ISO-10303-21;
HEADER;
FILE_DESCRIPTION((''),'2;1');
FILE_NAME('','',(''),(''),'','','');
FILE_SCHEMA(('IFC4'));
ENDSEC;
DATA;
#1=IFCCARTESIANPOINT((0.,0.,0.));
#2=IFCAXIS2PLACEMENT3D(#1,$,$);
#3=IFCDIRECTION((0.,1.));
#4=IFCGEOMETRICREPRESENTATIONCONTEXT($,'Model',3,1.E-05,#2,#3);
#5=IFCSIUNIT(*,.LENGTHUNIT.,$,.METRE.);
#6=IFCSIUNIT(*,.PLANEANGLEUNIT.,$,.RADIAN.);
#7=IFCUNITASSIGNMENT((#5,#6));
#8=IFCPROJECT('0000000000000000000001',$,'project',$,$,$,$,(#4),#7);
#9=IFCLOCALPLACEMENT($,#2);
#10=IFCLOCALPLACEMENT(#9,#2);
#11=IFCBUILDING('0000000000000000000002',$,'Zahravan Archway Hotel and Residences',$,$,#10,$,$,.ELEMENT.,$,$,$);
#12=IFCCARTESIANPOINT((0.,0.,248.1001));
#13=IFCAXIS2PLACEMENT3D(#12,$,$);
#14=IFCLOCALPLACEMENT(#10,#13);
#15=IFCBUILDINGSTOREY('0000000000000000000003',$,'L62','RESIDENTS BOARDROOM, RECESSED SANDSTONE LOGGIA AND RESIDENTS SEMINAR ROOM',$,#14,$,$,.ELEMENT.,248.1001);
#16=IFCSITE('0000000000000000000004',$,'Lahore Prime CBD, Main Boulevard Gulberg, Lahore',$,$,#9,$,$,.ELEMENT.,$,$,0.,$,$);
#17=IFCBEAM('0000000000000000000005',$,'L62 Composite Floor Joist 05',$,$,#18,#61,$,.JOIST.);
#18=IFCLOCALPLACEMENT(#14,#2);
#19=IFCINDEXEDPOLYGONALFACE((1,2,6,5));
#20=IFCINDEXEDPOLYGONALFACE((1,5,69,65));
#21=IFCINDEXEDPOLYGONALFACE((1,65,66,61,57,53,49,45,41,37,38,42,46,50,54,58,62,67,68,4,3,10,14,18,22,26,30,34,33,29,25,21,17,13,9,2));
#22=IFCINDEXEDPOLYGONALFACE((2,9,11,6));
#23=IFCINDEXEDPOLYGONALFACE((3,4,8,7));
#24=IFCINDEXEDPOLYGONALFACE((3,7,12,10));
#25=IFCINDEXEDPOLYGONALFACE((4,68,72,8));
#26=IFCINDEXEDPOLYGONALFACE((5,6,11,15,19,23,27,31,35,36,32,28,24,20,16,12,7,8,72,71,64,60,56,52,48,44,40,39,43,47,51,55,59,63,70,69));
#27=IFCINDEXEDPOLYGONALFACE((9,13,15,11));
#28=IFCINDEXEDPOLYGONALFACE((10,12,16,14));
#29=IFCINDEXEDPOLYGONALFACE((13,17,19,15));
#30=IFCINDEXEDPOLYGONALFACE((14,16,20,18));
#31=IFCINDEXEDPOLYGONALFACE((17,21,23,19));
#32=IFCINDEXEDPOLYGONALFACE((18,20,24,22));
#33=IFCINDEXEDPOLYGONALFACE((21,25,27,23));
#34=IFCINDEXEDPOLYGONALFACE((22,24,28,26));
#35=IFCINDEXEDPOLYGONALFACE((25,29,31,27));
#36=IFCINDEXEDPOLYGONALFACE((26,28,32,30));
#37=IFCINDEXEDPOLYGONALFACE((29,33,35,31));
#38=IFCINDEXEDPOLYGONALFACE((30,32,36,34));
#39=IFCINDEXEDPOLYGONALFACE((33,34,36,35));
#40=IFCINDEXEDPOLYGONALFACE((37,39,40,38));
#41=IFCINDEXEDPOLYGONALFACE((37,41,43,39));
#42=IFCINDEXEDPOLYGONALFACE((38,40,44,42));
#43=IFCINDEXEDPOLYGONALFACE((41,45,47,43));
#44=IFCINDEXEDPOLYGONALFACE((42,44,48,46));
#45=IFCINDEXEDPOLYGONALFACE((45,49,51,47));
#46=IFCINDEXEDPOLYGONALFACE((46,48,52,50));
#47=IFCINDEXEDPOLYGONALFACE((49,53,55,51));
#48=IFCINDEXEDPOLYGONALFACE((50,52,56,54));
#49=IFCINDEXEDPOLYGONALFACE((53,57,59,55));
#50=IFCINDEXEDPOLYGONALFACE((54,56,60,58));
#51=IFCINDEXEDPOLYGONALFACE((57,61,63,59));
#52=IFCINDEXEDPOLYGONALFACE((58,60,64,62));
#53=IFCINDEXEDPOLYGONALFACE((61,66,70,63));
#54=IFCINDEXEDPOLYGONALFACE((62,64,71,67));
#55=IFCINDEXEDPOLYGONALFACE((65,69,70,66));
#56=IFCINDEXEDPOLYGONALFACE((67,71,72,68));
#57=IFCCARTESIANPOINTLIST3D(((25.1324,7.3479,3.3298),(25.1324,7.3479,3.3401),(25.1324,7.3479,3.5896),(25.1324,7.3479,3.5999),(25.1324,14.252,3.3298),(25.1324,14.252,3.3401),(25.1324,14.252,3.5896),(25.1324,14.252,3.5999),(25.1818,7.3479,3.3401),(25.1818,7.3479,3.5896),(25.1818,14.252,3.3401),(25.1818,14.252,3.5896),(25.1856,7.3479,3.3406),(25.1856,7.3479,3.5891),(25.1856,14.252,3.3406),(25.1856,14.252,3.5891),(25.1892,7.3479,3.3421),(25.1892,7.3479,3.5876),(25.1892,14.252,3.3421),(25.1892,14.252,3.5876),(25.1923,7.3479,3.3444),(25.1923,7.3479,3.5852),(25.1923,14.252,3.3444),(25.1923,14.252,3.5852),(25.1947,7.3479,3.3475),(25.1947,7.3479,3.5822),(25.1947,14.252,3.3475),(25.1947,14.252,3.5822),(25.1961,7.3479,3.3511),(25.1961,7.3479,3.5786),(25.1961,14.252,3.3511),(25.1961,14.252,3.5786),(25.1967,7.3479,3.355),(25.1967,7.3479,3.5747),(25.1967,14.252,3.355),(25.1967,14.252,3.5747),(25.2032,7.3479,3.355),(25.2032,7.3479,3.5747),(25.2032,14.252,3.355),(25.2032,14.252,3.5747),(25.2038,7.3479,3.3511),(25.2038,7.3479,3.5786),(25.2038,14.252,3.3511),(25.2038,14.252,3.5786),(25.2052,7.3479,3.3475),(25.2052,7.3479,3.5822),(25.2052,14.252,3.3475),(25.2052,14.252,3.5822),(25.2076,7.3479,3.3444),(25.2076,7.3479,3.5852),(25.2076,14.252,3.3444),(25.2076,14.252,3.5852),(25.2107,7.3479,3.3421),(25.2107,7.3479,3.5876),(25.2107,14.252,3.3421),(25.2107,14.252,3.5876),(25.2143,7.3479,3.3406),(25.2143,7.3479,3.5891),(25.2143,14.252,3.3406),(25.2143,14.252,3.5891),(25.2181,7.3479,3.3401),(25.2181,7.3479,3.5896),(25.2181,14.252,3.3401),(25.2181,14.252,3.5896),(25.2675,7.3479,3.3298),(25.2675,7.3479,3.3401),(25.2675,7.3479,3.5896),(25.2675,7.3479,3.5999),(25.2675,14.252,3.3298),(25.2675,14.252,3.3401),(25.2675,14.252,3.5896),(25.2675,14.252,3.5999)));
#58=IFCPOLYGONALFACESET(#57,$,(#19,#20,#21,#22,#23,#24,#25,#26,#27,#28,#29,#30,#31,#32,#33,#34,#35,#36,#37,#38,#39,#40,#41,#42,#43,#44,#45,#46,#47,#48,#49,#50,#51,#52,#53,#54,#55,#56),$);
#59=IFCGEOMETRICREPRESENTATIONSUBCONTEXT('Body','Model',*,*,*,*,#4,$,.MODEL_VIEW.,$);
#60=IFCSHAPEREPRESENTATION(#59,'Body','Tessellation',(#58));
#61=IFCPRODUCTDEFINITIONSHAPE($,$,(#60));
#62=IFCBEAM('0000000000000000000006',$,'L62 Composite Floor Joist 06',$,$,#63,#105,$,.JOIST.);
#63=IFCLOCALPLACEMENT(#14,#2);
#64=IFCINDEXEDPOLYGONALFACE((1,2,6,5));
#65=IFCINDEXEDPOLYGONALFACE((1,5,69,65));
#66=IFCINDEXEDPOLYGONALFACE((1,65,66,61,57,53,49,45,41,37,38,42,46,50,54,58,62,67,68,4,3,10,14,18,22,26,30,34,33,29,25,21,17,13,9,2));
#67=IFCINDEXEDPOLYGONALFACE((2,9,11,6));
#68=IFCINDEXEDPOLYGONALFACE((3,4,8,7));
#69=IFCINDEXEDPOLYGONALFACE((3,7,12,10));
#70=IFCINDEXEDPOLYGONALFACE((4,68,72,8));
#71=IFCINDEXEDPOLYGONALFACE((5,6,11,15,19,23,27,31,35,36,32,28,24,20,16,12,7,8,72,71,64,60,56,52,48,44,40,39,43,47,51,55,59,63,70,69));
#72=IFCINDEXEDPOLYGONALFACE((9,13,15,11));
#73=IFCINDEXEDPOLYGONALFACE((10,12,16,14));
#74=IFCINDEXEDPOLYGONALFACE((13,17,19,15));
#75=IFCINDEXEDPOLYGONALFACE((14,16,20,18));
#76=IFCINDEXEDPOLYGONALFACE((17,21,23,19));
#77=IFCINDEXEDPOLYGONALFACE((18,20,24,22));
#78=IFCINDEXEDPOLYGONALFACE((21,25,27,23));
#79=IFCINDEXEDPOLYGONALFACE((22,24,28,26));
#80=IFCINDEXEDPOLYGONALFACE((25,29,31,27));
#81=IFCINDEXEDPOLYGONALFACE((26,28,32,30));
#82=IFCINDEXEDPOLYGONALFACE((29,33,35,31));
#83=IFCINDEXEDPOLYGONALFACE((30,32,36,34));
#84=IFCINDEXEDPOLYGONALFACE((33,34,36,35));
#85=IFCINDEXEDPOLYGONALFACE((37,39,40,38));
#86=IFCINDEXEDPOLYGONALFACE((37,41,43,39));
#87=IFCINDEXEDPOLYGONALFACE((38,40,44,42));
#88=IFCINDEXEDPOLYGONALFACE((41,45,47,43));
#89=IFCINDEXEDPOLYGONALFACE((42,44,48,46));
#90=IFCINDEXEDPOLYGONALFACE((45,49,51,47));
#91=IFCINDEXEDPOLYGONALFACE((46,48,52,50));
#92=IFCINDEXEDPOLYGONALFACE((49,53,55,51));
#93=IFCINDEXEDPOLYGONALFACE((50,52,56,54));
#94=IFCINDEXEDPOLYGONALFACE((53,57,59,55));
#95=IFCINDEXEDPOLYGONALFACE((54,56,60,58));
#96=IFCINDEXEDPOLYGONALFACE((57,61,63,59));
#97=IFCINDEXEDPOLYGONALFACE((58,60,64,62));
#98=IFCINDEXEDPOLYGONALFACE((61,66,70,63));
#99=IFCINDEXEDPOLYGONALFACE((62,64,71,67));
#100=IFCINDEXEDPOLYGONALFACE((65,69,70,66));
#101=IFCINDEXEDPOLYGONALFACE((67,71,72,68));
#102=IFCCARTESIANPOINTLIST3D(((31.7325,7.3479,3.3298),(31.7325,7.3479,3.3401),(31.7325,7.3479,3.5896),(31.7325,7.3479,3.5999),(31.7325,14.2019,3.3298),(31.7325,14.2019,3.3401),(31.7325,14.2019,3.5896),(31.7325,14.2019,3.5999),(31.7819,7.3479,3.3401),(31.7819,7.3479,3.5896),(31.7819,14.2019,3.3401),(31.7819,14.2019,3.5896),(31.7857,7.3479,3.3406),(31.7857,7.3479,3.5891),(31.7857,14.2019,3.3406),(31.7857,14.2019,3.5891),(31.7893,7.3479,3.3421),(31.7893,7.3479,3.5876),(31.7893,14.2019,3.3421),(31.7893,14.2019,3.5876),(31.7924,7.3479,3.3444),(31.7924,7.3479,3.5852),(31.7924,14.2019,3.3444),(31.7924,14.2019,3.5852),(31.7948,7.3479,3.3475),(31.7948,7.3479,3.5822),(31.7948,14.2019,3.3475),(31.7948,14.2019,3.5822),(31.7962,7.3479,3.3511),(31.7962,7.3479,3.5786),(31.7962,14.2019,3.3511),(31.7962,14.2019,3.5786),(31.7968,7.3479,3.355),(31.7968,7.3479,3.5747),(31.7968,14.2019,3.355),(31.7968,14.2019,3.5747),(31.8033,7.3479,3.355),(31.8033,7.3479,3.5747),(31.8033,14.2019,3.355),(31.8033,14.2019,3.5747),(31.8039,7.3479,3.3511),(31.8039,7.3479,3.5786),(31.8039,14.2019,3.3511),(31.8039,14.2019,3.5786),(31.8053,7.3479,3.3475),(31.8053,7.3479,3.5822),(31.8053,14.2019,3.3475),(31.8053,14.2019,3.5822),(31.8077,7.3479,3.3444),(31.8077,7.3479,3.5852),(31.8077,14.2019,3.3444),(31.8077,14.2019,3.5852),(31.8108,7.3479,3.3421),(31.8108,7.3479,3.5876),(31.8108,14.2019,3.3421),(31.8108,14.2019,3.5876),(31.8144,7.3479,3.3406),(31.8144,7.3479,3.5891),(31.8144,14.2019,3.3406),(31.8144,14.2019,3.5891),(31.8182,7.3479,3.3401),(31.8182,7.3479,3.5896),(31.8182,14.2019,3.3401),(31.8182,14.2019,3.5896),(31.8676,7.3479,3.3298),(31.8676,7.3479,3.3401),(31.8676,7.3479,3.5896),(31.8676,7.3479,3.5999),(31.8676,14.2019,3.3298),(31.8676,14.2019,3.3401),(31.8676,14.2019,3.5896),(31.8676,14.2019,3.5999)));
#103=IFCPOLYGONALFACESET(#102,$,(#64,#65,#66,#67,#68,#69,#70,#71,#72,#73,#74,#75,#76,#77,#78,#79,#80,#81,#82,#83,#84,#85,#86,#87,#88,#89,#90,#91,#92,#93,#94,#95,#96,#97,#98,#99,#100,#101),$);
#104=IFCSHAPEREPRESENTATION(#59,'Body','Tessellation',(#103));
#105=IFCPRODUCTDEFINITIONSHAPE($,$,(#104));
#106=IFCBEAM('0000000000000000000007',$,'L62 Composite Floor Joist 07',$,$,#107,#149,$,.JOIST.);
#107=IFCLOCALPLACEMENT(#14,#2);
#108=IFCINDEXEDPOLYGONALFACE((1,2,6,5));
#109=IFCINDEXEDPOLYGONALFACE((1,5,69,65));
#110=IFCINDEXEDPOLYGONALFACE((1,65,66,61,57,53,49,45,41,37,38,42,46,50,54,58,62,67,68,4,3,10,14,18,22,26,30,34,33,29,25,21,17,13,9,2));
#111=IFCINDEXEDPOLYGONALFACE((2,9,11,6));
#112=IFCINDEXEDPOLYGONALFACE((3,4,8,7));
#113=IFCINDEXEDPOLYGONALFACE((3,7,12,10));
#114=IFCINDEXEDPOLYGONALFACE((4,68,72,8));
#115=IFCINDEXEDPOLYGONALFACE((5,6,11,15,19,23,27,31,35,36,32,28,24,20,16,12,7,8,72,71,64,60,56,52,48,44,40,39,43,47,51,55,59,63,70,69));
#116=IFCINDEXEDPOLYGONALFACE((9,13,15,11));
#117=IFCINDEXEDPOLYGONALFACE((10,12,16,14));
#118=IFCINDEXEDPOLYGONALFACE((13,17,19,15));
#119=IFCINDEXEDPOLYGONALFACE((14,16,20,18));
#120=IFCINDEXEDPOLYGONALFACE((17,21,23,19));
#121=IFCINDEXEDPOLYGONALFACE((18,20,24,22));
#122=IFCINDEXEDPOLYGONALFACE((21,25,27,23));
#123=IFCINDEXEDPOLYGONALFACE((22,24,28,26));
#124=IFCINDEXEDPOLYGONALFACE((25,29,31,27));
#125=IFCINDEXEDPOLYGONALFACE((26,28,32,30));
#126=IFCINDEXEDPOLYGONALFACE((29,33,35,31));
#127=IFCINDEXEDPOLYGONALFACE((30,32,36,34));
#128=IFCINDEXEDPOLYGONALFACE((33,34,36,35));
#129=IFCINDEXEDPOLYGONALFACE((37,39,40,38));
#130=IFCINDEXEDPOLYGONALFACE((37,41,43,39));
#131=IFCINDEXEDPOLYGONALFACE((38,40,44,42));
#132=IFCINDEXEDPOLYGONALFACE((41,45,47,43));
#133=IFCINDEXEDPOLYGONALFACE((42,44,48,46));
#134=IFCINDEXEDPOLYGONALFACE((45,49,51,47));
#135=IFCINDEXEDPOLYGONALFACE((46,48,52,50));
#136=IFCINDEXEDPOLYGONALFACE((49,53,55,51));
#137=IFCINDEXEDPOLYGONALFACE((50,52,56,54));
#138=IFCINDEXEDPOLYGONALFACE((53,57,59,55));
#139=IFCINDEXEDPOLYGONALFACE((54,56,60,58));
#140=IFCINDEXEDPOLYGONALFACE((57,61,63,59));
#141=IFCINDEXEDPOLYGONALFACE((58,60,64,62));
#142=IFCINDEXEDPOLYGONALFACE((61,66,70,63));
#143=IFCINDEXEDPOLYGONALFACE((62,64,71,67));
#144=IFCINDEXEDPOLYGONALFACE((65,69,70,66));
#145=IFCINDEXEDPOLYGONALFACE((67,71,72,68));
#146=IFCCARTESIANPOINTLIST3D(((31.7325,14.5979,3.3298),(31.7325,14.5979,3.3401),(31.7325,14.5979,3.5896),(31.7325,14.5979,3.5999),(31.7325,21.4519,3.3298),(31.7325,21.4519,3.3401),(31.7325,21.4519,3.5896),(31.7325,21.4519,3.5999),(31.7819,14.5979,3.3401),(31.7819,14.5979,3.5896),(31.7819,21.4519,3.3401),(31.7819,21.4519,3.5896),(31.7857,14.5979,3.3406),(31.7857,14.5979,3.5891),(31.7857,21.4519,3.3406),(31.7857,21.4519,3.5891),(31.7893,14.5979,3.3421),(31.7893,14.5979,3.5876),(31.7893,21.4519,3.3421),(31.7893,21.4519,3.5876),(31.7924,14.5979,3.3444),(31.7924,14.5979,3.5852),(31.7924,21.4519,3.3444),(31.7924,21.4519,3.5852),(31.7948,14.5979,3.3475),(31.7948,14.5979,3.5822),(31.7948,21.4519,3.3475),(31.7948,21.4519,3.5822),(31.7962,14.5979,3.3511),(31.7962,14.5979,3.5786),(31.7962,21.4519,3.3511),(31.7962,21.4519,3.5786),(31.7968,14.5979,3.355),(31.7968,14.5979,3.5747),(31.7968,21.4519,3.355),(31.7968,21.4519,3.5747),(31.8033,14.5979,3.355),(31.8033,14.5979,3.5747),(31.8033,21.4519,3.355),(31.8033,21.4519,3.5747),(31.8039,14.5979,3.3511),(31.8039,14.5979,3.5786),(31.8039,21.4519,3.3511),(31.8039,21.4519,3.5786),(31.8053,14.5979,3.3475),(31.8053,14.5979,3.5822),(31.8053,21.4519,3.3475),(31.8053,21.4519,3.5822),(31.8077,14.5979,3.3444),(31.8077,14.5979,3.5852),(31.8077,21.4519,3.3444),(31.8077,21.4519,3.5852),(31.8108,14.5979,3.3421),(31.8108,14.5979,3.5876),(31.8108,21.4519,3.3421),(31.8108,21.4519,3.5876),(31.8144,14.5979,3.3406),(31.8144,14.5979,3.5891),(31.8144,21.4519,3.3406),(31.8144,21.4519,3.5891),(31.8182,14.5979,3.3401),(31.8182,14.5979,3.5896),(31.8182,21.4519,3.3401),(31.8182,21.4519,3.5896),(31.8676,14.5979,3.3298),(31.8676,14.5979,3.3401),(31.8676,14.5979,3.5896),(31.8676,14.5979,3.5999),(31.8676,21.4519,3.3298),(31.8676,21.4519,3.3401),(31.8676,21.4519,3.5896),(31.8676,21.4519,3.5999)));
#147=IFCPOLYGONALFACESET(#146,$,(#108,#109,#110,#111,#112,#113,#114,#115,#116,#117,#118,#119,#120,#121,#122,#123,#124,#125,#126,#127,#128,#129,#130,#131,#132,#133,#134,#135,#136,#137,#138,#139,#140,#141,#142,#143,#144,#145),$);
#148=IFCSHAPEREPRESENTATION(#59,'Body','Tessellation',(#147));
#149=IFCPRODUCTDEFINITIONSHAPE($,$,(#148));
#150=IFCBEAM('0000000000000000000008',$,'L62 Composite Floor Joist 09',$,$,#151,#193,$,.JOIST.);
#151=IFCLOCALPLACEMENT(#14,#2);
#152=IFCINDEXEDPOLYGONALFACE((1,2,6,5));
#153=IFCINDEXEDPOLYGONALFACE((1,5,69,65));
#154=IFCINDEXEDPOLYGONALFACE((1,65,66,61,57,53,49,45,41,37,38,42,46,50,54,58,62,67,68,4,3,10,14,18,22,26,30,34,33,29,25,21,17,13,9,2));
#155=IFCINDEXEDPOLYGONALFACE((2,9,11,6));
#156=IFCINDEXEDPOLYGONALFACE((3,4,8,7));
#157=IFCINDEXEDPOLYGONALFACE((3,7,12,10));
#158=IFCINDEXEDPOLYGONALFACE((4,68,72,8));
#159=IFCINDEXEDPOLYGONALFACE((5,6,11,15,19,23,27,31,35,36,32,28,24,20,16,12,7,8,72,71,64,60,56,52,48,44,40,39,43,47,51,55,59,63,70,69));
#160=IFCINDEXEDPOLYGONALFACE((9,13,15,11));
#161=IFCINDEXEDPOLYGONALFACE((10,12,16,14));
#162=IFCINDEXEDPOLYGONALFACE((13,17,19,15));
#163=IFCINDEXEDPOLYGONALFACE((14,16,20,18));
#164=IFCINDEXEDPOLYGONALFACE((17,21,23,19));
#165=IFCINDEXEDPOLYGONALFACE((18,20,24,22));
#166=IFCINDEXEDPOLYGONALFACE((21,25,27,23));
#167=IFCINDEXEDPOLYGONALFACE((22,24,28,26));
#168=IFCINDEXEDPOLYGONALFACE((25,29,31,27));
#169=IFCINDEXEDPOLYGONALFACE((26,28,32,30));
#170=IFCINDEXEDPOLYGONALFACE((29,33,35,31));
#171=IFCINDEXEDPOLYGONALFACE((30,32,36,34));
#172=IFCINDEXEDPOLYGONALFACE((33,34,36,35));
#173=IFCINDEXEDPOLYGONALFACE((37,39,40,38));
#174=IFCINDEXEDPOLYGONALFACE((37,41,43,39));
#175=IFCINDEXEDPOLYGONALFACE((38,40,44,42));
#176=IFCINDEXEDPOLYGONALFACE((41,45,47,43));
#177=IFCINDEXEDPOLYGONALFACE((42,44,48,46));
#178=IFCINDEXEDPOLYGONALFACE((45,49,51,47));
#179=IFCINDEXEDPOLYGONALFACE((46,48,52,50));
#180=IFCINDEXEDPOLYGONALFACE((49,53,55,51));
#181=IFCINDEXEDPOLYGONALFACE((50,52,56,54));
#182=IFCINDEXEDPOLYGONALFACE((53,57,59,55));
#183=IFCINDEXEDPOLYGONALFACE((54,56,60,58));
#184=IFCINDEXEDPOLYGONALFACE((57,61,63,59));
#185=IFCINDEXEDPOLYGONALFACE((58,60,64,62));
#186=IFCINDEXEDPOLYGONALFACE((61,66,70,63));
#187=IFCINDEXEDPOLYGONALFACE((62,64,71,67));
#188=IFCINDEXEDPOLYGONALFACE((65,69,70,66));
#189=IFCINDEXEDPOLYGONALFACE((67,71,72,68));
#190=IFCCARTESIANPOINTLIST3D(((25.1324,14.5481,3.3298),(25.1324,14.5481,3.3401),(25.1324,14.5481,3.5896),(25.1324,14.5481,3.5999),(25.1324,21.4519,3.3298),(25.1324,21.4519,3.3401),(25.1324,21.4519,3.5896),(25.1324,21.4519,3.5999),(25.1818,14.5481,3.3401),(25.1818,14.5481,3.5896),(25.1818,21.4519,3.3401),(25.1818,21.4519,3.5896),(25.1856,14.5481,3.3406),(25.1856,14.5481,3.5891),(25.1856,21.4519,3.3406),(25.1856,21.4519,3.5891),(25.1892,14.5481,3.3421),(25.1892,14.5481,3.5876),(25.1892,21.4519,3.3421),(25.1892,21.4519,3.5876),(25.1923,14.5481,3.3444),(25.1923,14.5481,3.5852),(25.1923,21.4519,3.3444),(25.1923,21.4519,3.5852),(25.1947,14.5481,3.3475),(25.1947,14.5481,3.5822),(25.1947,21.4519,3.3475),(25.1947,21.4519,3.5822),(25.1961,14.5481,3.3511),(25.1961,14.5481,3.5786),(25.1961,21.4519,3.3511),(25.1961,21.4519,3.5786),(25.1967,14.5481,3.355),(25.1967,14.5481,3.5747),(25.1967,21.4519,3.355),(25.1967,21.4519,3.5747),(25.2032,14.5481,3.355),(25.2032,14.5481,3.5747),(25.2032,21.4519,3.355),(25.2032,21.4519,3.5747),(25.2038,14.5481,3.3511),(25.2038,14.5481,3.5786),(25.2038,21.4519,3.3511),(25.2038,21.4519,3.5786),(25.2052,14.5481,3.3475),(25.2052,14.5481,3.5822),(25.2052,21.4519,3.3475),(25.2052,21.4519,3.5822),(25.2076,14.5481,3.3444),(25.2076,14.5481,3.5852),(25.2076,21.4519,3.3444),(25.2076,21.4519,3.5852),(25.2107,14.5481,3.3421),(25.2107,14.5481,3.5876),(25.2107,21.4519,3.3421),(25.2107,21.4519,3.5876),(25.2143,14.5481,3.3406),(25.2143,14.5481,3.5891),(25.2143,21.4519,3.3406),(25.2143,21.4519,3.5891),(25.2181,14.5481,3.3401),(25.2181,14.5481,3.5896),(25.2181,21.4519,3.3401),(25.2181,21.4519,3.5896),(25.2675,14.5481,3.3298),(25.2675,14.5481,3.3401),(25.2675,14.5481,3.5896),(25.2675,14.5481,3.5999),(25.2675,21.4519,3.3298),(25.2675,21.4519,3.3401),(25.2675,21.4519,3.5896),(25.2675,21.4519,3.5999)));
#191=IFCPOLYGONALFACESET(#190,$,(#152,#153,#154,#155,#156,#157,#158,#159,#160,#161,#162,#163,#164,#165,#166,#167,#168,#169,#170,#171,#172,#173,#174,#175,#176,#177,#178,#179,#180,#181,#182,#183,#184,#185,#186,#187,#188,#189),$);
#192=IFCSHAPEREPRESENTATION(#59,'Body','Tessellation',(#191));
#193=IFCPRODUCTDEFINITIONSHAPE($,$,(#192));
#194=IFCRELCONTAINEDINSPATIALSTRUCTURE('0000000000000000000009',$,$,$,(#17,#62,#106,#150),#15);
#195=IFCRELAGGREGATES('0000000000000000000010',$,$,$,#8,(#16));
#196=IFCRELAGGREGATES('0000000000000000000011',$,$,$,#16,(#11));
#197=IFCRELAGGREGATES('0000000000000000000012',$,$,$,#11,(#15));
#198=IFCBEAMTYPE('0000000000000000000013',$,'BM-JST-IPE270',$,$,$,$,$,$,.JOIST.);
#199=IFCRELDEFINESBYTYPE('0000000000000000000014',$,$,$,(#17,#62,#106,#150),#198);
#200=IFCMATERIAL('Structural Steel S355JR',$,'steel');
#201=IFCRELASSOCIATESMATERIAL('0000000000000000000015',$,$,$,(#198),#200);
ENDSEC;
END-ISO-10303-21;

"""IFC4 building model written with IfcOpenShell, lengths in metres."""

from ifc_helpers import new_model, si_unit, direction, frame, origin, origin_2d, place, context, subcontext, project, spatial, i_section, extrude, source, transform, mapped, material, material_profile, profile_set, type_object, type_shapes, element, save


model = new_model("IFC4")

# Units and contexts
model_context = context("Model", 3, precision=1e-05, world=origin(), true_north=direction((0.0, 1.0)))
body_context = subcontext(model_context, "Body", "Model", "MODEL_VIEW")
ifc_project = project(units=[si_unit("LENGTHUNIT", "METRE"), si_unit("PLANEANGLEUNIT", "RADIAN")], contexts=[model_context])

# Site, building, storey
site_placement = place(None, origin())
site = spatial("IfcSite", under=ifc_project, at=site_placement, Name="Lahore Prime CBD, Main Boulevard Gulberg, Lahore", CompositionType="ELEMENT", RefElevation=0.0)
building_placement = place(site_placement, origin())
building = spatial("IfcBuilding", under=site, at=building_placement, Name="Zahravan Archway Hotel and Residences", CompositionType="ELEMENT")
storey_placement = place(building_placement, frame((0.0, 0.0, 248.1001)))
storey = spatial("IfcBuildingStorey", under=building, at=storey_placement, Name="L62", Description="RESIDENTS BOARDROOM, RECESSED SANDSTONE LOGGIA AND RESIDENTS SEMINAR ROOM", CompositionType="ELEMENT", Elevation=248.1001)

# Beams
ifc_material_1 = material(Name="Structural Steel S355JR", Category="steel")
ifc_material_profile_1 = material_profile(ifc_material_1, i_section(OverallWidth=0.135, OverallDepth=0.27, WebThickness=0.0066, FlangeThickness=0.0103, FilletRadius=0.0149, at=origin_2d()), Name="IPE 270", Category="steel")
ifc_profile_set_1 = profile_set([ifc_material_profile_1], Name="Structural Steel S355JR")
beam_type_1 = type_object("IfcBeamType", Name="BM-JST-IPE270", PredefinedType="JOIST", material=ifc_profile_set_1)
shared_shape_1 = source(origin(), body_context, "Body", "SweptSolid", [
    extrude(i_section(OverallWidth=0.135, OverallDepth=0.27, WebThickness=0.0066, FlangeThickness=0.0103, FilletRadius=0.0149, at=origin_2d()), origin(), (0.0, 0.0, 1.0), 6.9041),
])
type_shapes(beam_type_1, [shared_shape_1])
beam_1_placement = place(storey_placement, frame((25.2, 7.3479, 3.4648), z_axis=(0.0, 1.0, 0.0), x_axis=(-1.0, 0.0, 0.0)))
element("IfcBeam", 1, at=beam_1_placement, inside=storey, type_object=beam_type_1, Name="L62 Composite Floor Joist 05", PredefinedType="JOIST", context=body_context, shape_type="MappedRepresentation", body=[
    mapped(shared_shape_1, transform((0.0, 0.0, 0.0), scale=1.0)),
])
shared_shape_2 = source(origin(), body_context, "Body", "SweptSolid", [
    extrude(i_section(OverallWidth=0.135, OverallDepth=0.27, WebThickness=0.0066, FlangeThickness=0.0103, FilletRadius=0.0149, at=origin_2d()), origin(), (0.0, 0.0, 1.0), 6.854),
])
for number, where, z_axis, x_axis, name in (
    (2, (31.8, 7.3479, 3.4648), (0.0, 1.0, 0.0), (-1.0, 0.0, 0.0), "L62 Composite Floor Joist 06"),
    (3, (31.8, 14.5979, 3.4648), (0.0, 1.0, 0.0), (-1.0, 0.0, 0.0), "L62 Composite Floor Joist 07"),
):
    element("IfcBeam", number, at=place(storey_placement, frame(where, z_axis=z_axis, x_axis=x_axis)), inside=storey, type_object=beam_type_1, Name=name, PredefinedType="JOIST", context=body_context, shape_type="MappedRepresentation", body=[
        mapped(shared_shape_2, transform((0.0, 0.0, 0.0), scale=1.0)),
    ])
shared_shape_3 = source(origin(), body_context, "Body", "SweptSolid", [
    extrude(i_section(OverallWidth=0.135, OverallDepth=0.27, WebThickness=0.0066, FlangeThickness=0.0103, FilletRadius=0.0149, at=origin_2d()), origin(), (0.0, 0.0, 1.0), 6.9038),
])
beam_2_placement = place(storey_placement, frame((25.2, 14.5481, 3.4648), z_axis=(0.0, 1.0, 0.0), x_axis=(-1.0, 0.0, 0.0)))
element("IfcBeam", 4, at=beam_2_placement, inside=storey, type_object=beam_type_1, Name="L62 Composite Floor Joist 09", PredefinedType="JOIST", context=body_context, shape_type="MappedRepresentation", body=[
    mapped(shared_shape_3, transform((0.0, 0.0, 0.0), scale=1.0)),
])

save(model, "model.ifc")
